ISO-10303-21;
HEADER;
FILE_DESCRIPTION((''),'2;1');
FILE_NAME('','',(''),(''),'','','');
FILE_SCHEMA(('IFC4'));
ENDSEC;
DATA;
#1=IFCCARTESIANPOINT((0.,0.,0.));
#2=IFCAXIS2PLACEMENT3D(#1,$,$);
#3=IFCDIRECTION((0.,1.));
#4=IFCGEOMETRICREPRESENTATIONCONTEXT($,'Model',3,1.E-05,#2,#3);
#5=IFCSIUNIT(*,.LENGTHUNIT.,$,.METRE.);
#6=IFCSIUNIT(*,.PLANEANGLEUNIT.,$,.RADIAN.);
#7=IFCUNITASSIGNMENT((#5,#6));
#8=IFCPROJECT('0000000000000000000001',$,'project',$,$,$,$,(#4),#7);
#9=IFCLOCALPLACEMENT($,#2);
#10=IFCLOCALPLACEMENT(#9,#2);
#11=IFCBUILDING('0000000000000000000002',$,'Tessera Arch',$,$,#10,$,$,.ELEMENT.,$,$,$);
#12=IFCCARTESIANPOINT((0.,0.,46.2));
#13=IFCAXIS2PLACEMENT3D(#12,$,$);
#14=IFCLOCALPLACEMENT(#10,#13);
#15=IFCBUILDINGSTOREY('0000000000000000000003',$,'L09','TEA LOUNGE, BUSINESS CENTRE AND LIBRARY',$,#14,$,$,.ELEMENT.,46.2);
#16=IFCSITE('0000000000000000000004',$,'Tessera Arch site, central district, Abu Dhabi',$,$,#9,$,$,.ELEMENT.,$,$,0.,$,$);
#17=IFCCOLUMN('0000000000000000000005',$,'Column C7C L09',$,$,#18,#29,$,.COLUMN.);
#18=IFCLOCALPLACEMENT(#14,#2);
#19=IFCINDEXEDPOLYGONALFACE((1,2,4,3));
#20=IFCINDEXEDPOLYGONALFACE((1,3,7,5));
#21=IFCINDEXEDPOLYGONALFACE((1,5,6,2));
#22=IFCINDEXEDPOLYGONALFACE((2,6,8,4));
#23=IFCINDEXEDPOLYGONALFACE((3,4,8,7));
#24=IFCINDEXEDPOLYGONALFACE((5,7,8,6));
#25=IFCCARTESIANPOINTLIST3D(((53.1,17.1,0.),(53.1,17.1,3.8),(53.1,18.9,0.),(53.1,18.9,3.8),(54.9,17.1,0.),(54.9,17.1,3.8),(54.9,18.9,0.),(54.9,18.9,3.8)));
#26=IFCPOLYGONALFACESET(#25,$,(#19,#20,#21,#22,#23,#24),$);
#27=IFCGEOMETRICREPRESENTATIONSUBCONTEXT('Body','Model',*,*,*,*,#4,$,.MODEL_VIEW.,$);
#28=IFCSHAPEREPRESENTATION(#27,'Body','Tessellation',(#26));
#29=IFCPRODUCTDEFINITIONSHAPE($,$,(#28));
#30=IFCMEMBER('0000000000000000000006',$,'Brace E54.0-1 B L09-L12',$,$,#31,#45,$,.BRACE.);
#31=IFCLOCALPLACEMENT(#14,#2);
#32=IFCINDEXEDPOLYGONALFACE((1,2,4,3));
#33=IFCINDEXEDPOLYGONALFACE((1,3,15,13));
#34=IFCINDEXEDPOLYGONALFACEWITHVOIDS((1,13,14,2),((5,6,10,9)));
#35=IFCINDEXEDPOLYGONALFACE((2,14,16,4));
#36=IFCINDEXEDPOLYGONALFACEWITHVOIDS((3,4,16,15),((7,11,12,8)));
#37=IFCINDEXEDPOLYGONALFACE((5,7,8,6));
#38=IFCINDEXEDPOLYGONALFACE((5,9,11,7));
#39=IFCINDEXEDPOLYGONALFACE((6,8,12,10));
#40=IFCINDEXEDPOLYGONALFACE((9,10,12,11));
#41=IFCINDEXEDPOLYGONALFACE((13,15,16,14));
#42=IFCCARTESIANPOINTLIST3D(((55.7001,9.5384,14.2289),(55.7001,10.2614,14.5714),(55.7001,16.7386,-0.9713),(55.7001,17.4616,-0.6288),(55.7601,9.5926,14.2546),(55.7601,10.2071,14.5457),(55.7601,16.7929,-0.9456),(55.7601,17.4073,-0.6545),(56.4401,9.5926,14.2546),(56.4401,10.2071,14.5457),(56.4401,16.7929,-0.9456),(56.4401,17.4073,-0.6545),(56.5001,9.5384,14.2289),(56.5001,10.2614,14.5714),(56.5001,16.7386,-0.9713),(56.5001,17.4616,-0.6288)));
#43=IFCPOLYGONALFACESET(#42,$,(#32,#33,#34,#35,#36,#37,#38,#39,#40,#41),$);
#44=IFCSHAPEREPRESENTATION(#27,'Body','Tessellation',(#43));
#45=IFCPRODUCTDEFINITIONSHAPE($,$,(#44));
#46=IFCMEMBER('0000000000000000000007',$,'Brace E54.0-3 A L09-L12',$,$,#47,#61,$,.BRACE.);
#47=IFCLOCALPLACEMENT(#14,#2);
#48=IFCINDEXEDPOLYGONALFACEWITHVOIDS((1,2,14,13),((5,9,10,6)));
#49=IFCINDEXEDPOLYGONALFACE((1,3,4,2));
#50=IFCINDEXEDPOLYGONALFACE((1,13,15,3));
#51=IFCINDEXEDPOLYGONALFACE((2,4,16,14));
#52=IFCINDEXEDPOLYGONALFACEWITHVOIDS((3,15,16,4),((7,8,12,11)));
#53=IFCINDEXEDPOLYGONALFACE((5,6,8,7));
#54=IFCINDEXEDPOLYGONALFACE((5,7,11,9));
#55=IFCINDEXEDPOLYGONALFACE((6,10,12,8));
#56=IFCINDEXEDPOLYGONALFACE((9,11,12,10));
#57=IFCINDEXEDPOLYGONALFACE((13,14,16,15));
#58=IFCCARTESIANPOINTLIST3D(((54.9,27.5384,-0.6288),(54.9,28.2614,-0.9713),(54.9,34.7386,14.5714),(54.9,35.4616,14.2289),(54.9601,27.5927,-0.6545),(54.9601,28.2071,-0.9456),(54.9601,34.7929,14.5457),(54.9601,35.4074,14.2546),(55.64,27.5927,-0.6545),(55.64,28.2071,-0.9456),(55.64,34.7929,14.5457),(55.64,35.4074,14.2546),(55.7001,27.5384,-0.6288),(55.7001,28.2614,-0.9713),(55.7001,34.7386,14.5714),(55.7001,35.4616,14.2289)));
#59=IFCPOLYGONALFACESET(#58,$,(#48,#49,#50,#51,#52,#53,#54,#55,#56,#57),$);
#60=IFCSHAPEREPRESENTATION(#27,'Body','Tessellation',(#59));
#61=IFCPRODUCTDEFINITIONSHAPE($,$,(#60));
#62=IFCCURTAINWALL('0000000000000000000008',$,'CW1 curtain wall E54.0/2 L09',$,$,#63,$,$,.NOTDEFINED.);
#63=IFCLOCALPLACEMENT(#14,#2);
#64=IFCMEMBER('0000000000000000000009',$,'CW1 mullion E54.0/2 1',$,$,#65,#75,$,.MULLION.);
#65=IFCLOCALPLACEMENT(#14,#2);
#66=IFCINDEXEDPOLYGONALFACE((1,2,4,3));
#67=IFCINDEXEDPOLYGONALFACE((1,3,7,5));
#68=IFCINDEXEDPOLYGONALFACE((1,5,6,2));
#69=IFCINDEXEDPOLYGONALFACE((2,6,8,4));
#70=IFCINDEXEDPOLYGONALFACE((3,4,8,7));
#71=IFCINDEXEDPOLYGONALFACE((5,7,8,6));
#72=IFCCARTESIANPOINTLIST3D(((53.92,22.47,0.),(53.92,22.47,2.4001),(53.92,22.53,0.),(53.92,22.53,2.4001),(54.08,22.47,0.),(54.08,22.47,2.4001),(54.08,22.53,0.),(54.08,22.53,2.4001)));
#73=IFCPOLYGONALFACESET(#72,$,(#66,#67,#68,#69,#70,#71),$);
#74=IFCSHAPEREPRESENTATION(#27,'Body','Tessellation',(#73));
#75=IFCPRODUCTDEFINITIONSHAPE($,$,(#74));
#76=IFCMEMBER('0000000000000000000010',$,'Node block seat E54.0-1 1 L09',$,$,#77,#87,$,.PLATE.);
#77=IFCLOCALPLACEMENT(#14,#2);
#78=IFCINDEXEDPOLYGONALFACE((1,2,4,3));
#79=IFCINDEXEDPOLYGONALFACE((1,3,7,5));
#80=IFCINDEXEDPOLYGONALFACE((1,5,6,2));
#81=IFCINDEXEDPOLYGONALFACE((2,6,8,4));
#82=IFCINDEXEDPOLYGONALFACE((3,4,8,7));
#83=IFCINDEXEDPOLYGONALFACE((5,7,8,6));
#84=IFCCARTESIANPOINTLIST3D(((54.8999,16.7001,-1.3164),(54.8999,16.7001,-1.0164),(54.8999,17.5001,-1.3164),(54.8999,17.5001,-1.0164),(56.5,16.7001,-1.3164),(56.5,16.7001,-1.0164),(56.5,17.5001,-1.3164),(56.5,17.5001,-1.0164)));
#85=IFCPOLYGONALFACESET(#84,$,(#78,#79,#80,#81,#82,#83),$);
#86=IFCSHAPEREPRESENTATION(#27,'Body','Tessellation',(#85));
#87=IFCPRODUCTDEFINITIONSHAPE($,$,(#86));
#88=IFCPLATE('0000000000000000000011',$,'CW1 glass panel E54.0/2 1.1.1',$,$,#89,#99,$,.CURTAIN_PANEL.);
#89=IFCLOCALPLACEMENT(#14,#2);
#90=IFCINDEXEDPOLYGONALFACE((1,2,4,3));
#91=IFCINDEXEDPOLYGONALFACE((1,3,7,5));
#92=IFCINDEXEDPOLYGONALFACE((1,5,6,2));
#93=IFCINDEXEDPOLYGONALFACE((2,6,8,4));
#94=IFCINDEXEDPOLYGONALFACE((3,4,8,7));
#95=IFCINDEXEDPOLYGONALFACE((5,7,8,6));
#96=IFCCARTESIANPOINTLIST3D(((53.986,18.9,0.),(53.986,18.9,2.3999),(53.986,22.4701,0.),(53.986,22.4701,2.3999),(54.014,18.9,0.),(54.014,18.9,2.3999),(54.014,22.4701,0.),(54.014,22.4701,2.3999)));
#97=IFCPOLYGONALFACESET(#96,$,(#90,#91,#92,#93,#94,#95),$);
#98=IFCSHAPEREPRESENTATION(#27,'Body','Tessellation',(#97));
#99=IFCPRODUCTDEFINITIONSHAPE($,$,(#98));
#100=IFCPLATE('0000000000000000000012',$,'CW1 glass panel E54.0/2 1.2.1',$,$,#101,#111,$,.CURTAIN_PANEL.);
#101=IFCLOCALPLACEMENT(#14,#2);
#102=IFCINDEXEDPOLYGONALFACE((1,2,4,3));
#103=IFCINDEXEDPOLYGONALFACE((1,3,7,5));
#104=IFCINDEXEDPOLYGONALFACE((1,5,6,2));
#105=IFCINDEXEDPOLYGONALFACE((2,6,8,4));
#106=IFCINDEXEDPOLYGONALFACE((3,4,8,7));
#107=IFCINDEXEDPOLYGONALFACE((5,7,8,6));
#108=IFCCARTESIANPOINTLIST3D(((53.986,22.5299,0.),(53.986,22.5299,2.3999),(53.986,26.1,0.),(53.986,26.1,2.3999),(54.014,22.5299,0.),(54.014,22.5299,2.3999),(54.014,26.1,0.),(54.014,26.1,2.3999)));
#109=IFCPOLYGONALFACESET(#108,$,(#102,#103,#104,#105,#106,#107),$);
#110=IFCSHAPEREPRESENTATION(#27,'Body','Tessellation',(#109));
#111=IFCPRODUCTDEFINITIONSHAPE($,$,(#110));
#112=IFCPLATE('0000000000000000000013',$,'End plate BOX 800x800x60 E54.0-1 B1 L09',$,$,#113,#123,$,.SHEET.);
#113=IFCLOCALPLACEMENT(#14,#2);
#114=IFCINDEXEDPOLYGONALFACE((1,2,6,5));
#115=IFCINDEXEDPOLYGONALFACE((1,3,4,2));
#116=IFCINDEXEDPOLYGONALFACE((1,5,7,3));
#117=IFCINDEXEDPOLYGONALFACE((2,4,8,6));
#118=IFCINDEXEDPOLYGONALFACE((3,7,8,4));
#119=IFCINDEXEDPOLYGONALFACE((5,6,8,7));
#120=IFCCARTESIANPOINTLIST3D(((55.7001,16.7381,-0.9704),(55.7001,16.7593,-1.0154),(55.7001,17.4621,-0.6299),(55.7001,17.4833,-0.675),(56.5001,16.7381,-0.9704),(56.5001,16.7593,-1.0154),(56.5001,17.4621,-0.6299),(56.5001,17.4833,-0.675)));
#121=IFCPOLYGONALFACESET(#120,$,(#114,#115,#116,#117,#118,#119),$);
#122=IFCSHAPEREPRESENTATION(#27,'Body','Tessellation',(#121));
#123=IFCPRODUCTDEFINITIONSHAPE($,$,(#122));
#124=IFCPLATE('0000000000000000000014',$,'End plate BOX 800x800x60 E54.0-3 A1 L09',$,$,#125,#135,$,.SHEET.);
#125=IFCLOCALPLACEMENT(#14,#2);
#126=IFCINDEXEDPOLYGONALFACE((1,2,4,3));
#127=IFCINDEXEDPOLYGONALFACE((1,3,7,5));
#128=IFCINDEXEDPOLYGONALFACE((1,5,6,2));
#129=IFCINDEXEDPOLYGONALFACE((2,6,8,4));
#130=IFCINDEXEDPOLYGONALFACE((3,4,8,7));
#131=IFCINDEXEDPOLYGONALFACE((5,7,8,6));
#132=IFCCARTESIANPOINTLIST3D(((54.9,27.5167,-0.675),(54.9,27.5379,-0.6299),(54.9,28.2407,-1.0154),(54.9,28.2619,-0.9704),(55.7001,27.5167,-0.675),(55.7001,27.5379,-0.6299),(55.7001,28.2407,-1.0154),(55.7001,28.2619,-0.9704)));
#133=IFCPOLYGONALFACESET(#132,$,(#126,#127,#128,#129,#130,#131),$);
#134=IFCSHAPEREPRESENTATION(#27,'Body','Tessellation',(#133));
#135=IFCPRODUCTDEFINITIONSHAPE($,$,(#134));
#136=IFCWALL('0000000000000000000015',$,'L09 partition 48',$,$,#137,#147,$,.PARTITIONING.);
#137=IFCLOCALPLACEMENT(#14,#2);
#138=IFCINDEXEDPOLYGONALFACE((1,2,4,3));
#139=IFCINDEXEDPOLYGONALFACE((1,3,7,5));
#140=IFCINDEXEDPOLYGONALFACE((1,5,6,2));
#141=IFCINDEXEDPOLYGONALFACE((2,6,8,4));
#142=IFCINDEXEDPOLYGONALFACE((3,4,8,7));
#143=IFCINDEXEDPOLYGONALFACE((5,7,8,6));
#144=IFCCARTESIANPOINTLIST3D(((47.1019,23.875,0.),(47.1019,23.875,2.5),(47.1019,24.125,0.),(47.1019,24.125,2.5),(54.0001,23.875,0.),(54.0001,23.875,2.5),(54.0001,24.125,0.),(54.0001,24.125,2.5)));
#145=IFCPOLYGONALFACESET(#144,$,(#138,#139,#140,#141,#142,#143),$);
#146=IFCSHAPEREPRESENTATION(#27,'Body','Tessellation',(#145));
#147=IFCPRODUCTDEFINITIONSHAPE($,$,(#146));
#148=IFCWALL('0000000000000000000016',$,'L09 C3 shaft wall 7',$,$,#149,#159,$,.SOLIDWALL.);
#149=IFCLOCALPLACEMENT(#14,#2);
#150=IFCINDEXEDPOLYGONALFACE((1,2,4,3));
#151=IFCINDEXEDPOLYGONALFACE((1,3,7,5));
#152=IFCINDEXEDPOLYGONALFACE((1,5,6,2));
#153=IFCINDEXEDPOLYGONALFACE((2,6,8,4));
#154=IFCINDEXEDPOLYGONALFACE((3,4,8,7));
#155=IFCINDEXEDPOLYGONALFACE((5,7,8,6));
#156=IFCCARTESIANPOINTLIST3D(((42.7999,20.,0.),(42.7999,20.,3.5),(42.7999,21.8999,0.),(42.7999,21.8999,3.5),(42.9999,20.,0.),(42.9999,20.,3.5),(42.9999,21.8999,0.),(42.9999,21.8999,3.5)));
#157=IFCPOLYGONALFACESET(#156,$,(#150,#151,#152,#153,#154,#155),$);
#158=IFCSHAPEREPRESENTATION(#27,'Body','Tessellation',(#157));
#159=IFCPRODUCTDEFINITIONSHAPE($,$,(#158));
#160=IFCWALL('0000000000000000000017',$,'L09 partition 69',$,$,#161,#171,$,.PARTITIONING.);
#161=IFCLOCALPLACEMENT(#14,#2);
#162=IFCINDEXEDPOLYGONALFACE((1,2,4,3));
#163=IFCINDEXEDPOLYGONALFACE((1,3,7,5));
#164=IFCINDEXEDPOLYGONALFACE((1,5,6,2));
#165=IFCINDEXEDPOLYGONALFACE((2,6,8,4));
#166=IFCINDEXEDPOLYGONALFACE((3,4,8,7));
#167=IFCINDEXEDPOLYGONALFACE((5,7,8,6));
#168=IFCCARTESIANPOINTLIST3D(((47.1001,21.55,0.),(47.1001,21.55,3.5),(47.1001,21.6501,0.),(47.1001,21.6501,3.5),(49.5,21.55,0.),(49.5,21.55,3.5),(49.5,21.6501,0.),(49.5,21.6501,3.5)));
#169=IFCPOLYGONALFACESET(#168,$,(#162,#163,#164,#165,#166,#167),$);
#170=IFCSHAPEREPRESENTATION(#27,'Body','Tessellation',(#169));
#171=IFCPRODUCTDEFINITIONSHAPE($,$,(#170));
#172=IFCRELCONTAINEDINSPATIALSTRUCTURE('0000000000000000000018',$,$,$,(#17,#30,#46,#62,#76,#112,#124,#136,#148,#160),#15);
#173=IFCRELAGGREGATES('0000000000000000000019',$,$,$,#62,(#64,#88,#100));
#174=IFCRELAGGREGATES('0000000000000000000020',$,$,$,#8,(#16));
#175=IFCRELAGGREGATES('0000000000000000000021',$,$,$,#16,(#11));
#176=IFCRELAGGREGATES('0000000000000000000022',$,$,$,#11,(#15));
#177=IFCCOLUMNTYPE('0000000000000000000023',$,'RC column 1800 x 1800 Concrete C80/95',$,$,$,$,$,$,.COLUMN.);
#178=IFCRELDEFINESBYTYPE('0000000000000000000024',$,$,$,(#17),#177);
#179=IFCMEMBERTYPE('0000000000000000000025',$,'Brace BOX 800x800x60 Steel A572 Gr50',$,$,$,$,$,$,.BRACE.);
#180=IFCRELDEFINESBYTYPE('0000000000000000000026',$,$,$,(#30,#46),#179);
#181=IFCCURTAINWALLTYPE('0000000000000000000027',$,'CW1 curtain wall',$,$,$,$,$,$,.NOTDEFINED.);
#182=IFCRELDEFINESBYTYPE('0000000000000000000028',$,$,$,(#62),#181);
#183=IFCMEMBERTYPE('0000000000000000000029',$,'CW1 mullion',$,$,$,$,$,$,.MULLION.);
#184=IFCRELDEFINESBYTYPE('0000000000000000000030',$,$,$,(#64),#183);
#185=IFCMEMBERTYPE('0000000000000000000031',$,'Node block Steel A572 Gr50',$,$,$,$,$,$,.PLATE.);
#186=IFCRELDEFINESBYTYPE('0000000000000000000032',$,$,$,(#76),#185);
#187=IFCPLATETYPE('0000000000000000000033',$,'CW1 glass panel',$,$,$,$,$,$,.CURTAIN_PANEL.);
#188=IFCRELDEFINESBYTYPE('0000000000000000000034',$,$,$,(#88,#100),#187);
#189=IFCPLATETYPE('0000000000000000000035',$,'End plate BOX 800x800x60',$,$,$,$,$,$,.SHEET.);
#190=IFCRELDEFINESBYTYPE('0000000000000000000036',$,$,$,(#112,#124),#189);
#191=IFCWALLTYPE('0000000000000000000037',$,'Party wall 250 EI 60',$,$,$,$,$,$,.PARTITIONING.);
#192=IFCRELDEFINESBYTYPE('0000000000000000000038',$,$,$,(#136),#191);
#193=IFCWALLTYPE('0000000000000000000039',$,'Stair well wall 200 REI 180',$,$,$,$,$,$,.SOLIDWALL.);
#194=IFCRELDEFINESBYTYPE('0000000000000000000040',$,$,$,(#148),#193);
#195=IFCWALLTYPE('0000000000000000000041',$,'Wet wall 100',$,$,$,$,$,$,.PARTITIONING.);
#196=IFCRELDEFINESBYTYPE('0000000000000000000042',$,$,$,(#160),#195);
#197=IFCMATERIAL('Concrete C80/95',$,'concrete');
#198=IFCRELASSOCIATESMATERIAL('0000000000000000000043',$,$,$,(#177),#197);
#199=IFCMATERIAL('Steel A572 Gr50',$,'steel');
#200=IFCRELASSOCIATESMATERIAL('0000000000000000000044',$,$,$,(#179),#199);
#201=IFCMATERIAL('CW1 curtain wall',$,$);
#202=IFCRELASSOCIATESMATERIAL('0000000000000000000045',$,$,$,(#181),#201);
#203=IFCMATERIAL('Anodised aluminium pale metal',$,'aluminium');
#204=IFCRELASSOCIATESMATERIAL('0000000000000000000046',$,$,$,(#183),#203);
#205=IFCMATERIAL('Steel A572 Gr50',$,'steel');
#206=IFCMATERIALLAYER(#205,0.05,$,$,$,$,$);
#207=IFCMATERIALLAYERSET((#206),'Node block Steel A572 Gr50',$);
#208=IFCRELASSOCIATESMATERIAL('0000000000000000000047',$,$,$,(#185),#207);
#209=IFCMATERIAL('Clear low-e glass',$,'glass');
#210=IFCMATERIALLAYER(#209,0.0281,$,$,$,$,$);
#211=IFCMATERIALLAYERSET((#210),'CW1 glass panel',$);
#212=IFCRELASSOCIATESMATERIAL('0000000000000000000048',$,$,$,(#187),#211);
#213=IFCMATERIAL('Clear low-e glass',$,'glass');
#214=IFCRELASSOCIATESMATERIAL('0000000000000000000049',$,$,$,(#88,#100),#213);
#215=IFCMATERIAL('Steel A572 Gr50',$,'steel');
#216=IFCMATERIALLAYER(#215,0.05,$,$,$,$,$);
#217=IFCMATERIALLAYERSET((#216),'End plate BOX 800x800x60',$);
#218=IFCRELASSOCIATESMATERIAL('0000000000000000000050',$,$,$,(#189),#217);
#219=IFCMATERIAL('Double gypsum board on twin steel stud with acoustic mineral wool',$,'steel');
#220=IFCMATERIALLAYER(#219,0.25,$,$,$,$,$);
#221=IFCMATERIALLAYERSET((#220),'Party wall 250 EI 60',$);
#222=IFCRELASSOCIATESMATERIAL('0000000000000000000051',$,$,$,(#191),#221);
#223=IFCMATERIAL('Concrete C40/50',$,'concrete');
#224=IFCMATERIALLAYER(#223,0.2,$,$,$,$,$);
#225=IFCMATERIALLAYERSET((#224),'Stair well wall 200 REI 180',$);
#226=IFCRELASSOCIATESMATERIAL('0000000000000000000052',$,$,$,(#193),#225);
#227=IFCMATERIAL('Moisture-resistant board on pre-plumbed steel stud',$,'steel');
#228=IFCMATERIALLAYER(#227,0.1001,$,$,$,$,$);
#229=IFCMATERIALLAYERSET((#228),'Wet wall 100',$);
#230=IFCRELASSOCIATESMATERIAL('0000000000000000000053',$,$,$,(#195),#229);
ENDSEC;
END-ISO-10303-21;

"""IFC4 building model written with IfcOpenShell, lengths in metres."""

from ifc_helpers import new_model, si_unit, direction, frame, frame_2d, origin, origin_2d, place, context, subcontext, project, spatial, rectangle, hollow_rectangle, extrude, material, layer, layer_set, material_profile, profile_set, type_object, element, aggregate, save


model = new_model("IFC4")

# Units and contexts
model_context = context("Model", 3, precision=1e-05, world=origin(), true_north=direction((0.0, 1.0)))
body_context = subcontext(model_context, "Body", "Model", "MODEL_VIEW")
ifc_project = project(units=[si_unit("LENGTHUNIT", "METRE"), si_unit("PLANEANGLEUNIT", "RADIAN")], contexts=[model_context])

# Site, building, storey
site_placement = place(None, origin())
site = spatial("IfcSite", under=ifc_project, at=site_placement, Name="Tessera Arch site, central district, Abu Dhabi", CompositionType="ELEMENT", RefElevation=0.0)
building_placement = place(site_placement, origin())
building = spatial("IfcBuilding", under=site, at=building_placement, Name="Tessera Arch", CompositionType="ELEMENT")
storey_placement = place(building_placement, frame((0.0, 0.0, 46.2)))
storey = spatial("IfcBuildingStorey", under=building, at=storey_placement, Name="L09", Description="TEA LOUNGE, BUSINESS CENTRE AND LIBRARY", CompositionType="ELEMENT", Elevation=46.2)

# Column
ifc_material_1 = material(Name="Concrete C80/95", Category="concrete")
ifc_material_profile_1 = material_profile(ifc_material_1, rectangle(XDim=1.8, YDim=1.8, at=origin_2d()), Name="RC column 1800 x 1800 Concrete C80/95")
ifc_profile_set_1 = profile_set([ifc_material_profile_1], Name="Concrete C80/95")
column_type = type_object("IfcColumnType", Name="RC column 1800 x 1800 Concrete C80/95", PredefinedType="COLUMN", material=ifc_profile_set_1)
column_placement = place(storey_placement, frame((54.0, 18.0, 0.0), z_axis=(0.0, 0.0, 1.0), x_axis=(1.0, 0.0, 0.0)))
element("IfcColumn", 1, at=column_placement, inside=storey, type_object=column_type, Name="Column C7C L09", PredefinedType="COLUMN", context=body_context, shape_type="SweptSolid", body=[
    extrude(rectangle(XDim=1.8, YDim=1.8, at=origin_2d()), origin(), (0.0, 0.0, 1.0), 3.8),
])

# Members
ifc_material_2 = material(Name="Steel A572 Gr50", Category="steel")
ifc_material_profile_2 = material_profile(ifc_material_2, hollow_rectangle(XDim=0.8, YDim=0.8, WallThickness=0.0601, at=origin_2d()), Name="BOX 800x800x60")
ifc_profile_set_2 = profile_set([ifc_material_profile_2], Name="Steel A572 Gr50")
member_type_1 = type_object("IfcMemberType", Name="Brace BOX 800x800x60 Steel A572 Gr50", PredefinedType="BRACE", material=ifc_profile_set_2)
for number, where, z_axis, x_axis, name in (
    (2, (56.1001, 17.1001, -0.8), (0.0, -0.428091, 0.903735), (1.0, 0.0, 0.0), "Brace E54.0-1 B L09-L12"),
    (3, (55.3, 27.8999, -0.8), (0.0, 0.428091, 0.903735), (-1.0, 0.0, 0.0), "Brace E54.0-3 A L09-L12"),
):
    element("IfcMember", number, at=place(storey_placement, frame(where, z_axis=z_axis, x_axis=x_axis)), inside=storey, type_object=member_type_1, Name=name, PredefinedType="BRACE", context=body_context, shape_type="SweptSolid", body=[
        extrude(hollow_rectangle(XDim=0.8, YDim=0.8, WallThickness=0.0601, at=origin_2d()), origin(), (0.0, 0.0, 1.0), 16.8193),
    ])

# Curtain wall, member
ifc_material_3 = material(Name="CW1 curtain wall")
curtain_wall_type = type_object("IfcCurtainWallType", Name="CW1 curtain wall", PredefinedType="NOTDEFINED", material=ifc_material_3)
curtain_wall_placement = place(storey_placement, origin())
curtain_wall = element("IfcCurtainWall", 4, at=curtain_wall_placement, inside=storey, type_object=curtain_wall_type, Name="CW1 curtain wall E54.0/2 L09", PredefinedType="NOTDEFINED")
ifc_material_4 = material(Name="Anodised aluminium pale metal", Category="aluminium")
ifc_material_profile_3 = material_profile(ifc_material_4, rectangle(XDim=0.1599, YDim=0.0601, at=origin_2d()), Name="AL 60x160")
ifc_profile_set_3 = profile_set([ifc_material_profile_3], Name="Anodised aluminium pale metal")
member_type_2 = type_object("IfcMemberType", Name="CW1 mullion", PredefinedType="MULLION", material=ifc_profile_set_3)
member_1_placement = place(storey_placement, frame((54.0, 22.5, 0.0), z_axis=(0.0, 0.0, 1.0), x_axis=(-1.0, 0.0, 0.0)))
member_1 = element("IfcMember", 5, at=member_1_placement, type_object=member_type_2, Name="CW1 mullion E54.0/2 1", PredefinedType="MULLION", context=body_context, shape_type="SweptSolid", body=[
    extrude(rectangle(XDim=0.1599, YDim=0.0601, at=origin_2d()), origin(), (0.0, 0.0, 1.0), 2.4001),
])

# Member
ifc_material_5 = material(Name="Steel A572 Gr50", Category="steel")
ifc_layer_1 = layer(ifc_material_5, 0.05)
ifc_layer_set_1 = layer_set([ifc_layer_1], Name="Node block Steel A572 Gr50")
member_type_3 = type_object("IfcMemberType", Name="Node block Steel A572 Gr50", PredefinedType="PLATE", material=ifc_layer_set_1)
member_2_placement = place(storey_placement, frame((55.7, 17.1001, -1.3164), z_axis=(0.0, 0.0, 1.0), x_axis=(0.0, 1.0, 0.0)))
element("IfcMember", 6, at=member_2_placement, inside=storey, type_object=member_type_3, Name="Node block seat E54.0-1 1 L09", PredefinedType="PLATE", context=body_context, shape_type="SweptSolid", body=[
    extrude(rectangle(XDim=0.8, YDim=1.6001, at=origin_2d()), origin(), (0.0, 0.0, 1.0), 0.3),
])

# Plates
ifc_material_6 = material(Name="Clear low-e glass", Category="glass")
ifc_material_7 = material(Name="Clear low-e glass", Category="glass")
ifc_layer_2 = layer(ifc_material_7, 0.0281)
ifc_layer_set_2 = layer_set([ifc_layer_2], Name="CW1 glass panel")
plate_type_1 = type_object("IfcPlateType", Name="CW1 glass panel", PredefinedType="CURTAIN_PANEL", material=ifc_layer_set_2)
plate_1_placement = place(storey_placement, frame((54.0, 20.6851, 0.0), z_axis=(0.0, 0.0, 1.0), x_axis=(0.0, 1.0, 0.0)))
plate_1 = element("IfcPlate", 7, at=plate_1_placement, type_object=plate_type_1, material=ifc_material_6, Name="CW1 glass panel E54.0/2 1.1.1", PredefinedType="CURTAIN_PANEL", context=body_context, shape_type="SweptSolid", body=[
    extrude(rectangle(XDim=3.5701, YDim=0.0281, at=origin_2d()), origin(), (0.0, 0.0, 1.0), 2.3999),
])
plate_2_placement = place(storey_placement, frame((54.0, 24.3149, 0.0), z_axis=(0.0, 0.0, 1.0), x_axis=(0.0, 1.0, 0.0)))
plate_2 = element("IfcPlate", 8, at=plate_2_placement, type_object=plate_type_1, material=ifc_material_6, Name="CW1 glass panel E54.0/2 1.2.1", PredefinedType="CURTAIN_PANEL", context=body_context, shape_type="SweptSolid", body=[
    extrude(rectangle(XDim=3.5701, YDim=0.0281, at=origin_2d()), origin(), (0.0, 0.0, 1.0), 2.3999),
])
aggregate(curtain_wall, [member_1, plate_1, plate_2])

# Plates
ifc_material_8 = material(Name="Steel A572 Gr50", Category="steel")
ifc_layer_3 = layer(ifc_material_8, 0.05)
ifc_layer_set_3 = layer_set([ifc_layer_3], Name="End plate BOX 800x800x60")
plate_type_2 = type_object("IfcPlateType", Name="End plate BOX 800x800x60", PredefinedType="SHEET", material=ifc_layer_set_3)
for number, where, z_axis, x_axis, name in (
    (9, (56.1001, 17.1213, -0.8452), (0.0, -0.425561, 0.90493), (1.0, 0.0, 0.0), "End plate BOX 800x800x60 E54.0-1 B1 L09"),
    (10, (55.3, 27.8787, -0.8452), (0.0, 0.425561, 0.90493), (-1.0, 0.0, 0.0), "End plate BOX 800x800x60 E54.0-3 A1 L09"),
):
    element("IfcPlate", number, at=place(storey_placement, frame(where, z_axis=z_axis, x_axis=x_axis)), inside=storey, type_object=plate_type_2, Name=name, PredefinedType="SHEET", context=body_context, shape_type="SweptSolid", body=[
        extrude(rectangle(XDim=0.8, YDim=0.8, at=origin_2d()), origin(), (0.0, 0.0, 1.0), 0.0498),
    ])

# Walls
ifc_material_9 = material(Name="Double gypsum board on twin steel stud with acoustic mineral wool", Category="steel")
ifc_layer_4 = layer(ifc_material_9, 0.25)
ifc_layer_set_4 = layer_set([ifc_layer_4], Name="Party wall 250 EI 60")
wall_type_1 = type_object("IfcWallType", Name="Party wall 250 EI 60", PredefinedType="PARTITIONING", material=ifc_layer_set_4)
wall_1_placement = place(storey_placement, frame((47.1018, 24.0, 0.0), z_axis=(0.0, 0.0, 1.0), x_axis=(1.0, 0.0, 0.0)))
element("IfcWall", 11, at=wall_1_placement, inside=storey, type_object=wall_type_1, Name="L09 partition 48", PredefinedType="PARTITIONING", context=body_context, shape_type="SweptSolid", body=[
    extrude(rectangle(XDim=6.8982, YDim=0.25, at=frame_2d((3.4492, 0.0))), origin(), (0.0, 0.0, 1.0), 2.5),
])
ifc_material_10 = material(Name="Concrete C40/50", Category="concrete")
ifc_layer_5 = layer(ifc_material_10, 0.2)
ifc_layer_set_5 = layer_set([ifc_layer_5], Name="Stair well wall 200 REI 180")
wall_type_2 = type_object("IfcWallType", Name="Stair well wall 200 REI 180", PredefinedType="SOLIDWALL", material=ifc_layer_set_5)
wall_2_placement = place(storey_placement, frame((42.8999, 20.0, 0.0), z_axis=(0.0, 0.0, 1.0), x_axis=(0.0, 1.0, 0.0)))
element("IfcWall", 12, at=wall_2_placement, inside=storey, type_object=wall_type_2, Name="L09 C3 shaft wall 7", PredefinedType="SOLIDWALL", context=body_context, shape_type="SweptSolid", body=[
    extrude(rectangle(XDim=1.8999, YDim=0.2, at=frame_2d((0.95, 0.0))), origin(), (0.0, 0.0, 1.0), 3.5),
])
ifc_material_11 = material(Name="Moisture-resistant board on pre-plumbed steel stud", Category="steel")
ifc_layer_6 = layer(ifc_material_11, 0.1001)
ifc_layer_set_6 = layer_set([ifc_layer_6], Name="Wet wall 100")
wall_type_3 = type_object("IfcWallType", Name="Wet wall 100", PredefinedType="PARTITIONING", material=ifc_layer_set_6)
wall_3_placement = place(storey_placement, frame((47.1001, 21.6001, 0.0), z_axis=(0.0, 0.0, 1.0), x_axis=(1.0, 0.0, 0.0)))
element("IfcWall", 13, at=wall_3_placement, inside=storey, type_object=wall_type_3, Name="L09 partition 69", PredefinedType="PARTITIONING", context=body_context, shape_type="SweptSolid", body=[
    extrude(rectangle(XDim=2.3999, YDim=0.1001, at=frame_2d((1.2, 0.0))), origin(), (0.0, 0.0, 1.0), 3.5),
])

save(model, "model.ifc")
